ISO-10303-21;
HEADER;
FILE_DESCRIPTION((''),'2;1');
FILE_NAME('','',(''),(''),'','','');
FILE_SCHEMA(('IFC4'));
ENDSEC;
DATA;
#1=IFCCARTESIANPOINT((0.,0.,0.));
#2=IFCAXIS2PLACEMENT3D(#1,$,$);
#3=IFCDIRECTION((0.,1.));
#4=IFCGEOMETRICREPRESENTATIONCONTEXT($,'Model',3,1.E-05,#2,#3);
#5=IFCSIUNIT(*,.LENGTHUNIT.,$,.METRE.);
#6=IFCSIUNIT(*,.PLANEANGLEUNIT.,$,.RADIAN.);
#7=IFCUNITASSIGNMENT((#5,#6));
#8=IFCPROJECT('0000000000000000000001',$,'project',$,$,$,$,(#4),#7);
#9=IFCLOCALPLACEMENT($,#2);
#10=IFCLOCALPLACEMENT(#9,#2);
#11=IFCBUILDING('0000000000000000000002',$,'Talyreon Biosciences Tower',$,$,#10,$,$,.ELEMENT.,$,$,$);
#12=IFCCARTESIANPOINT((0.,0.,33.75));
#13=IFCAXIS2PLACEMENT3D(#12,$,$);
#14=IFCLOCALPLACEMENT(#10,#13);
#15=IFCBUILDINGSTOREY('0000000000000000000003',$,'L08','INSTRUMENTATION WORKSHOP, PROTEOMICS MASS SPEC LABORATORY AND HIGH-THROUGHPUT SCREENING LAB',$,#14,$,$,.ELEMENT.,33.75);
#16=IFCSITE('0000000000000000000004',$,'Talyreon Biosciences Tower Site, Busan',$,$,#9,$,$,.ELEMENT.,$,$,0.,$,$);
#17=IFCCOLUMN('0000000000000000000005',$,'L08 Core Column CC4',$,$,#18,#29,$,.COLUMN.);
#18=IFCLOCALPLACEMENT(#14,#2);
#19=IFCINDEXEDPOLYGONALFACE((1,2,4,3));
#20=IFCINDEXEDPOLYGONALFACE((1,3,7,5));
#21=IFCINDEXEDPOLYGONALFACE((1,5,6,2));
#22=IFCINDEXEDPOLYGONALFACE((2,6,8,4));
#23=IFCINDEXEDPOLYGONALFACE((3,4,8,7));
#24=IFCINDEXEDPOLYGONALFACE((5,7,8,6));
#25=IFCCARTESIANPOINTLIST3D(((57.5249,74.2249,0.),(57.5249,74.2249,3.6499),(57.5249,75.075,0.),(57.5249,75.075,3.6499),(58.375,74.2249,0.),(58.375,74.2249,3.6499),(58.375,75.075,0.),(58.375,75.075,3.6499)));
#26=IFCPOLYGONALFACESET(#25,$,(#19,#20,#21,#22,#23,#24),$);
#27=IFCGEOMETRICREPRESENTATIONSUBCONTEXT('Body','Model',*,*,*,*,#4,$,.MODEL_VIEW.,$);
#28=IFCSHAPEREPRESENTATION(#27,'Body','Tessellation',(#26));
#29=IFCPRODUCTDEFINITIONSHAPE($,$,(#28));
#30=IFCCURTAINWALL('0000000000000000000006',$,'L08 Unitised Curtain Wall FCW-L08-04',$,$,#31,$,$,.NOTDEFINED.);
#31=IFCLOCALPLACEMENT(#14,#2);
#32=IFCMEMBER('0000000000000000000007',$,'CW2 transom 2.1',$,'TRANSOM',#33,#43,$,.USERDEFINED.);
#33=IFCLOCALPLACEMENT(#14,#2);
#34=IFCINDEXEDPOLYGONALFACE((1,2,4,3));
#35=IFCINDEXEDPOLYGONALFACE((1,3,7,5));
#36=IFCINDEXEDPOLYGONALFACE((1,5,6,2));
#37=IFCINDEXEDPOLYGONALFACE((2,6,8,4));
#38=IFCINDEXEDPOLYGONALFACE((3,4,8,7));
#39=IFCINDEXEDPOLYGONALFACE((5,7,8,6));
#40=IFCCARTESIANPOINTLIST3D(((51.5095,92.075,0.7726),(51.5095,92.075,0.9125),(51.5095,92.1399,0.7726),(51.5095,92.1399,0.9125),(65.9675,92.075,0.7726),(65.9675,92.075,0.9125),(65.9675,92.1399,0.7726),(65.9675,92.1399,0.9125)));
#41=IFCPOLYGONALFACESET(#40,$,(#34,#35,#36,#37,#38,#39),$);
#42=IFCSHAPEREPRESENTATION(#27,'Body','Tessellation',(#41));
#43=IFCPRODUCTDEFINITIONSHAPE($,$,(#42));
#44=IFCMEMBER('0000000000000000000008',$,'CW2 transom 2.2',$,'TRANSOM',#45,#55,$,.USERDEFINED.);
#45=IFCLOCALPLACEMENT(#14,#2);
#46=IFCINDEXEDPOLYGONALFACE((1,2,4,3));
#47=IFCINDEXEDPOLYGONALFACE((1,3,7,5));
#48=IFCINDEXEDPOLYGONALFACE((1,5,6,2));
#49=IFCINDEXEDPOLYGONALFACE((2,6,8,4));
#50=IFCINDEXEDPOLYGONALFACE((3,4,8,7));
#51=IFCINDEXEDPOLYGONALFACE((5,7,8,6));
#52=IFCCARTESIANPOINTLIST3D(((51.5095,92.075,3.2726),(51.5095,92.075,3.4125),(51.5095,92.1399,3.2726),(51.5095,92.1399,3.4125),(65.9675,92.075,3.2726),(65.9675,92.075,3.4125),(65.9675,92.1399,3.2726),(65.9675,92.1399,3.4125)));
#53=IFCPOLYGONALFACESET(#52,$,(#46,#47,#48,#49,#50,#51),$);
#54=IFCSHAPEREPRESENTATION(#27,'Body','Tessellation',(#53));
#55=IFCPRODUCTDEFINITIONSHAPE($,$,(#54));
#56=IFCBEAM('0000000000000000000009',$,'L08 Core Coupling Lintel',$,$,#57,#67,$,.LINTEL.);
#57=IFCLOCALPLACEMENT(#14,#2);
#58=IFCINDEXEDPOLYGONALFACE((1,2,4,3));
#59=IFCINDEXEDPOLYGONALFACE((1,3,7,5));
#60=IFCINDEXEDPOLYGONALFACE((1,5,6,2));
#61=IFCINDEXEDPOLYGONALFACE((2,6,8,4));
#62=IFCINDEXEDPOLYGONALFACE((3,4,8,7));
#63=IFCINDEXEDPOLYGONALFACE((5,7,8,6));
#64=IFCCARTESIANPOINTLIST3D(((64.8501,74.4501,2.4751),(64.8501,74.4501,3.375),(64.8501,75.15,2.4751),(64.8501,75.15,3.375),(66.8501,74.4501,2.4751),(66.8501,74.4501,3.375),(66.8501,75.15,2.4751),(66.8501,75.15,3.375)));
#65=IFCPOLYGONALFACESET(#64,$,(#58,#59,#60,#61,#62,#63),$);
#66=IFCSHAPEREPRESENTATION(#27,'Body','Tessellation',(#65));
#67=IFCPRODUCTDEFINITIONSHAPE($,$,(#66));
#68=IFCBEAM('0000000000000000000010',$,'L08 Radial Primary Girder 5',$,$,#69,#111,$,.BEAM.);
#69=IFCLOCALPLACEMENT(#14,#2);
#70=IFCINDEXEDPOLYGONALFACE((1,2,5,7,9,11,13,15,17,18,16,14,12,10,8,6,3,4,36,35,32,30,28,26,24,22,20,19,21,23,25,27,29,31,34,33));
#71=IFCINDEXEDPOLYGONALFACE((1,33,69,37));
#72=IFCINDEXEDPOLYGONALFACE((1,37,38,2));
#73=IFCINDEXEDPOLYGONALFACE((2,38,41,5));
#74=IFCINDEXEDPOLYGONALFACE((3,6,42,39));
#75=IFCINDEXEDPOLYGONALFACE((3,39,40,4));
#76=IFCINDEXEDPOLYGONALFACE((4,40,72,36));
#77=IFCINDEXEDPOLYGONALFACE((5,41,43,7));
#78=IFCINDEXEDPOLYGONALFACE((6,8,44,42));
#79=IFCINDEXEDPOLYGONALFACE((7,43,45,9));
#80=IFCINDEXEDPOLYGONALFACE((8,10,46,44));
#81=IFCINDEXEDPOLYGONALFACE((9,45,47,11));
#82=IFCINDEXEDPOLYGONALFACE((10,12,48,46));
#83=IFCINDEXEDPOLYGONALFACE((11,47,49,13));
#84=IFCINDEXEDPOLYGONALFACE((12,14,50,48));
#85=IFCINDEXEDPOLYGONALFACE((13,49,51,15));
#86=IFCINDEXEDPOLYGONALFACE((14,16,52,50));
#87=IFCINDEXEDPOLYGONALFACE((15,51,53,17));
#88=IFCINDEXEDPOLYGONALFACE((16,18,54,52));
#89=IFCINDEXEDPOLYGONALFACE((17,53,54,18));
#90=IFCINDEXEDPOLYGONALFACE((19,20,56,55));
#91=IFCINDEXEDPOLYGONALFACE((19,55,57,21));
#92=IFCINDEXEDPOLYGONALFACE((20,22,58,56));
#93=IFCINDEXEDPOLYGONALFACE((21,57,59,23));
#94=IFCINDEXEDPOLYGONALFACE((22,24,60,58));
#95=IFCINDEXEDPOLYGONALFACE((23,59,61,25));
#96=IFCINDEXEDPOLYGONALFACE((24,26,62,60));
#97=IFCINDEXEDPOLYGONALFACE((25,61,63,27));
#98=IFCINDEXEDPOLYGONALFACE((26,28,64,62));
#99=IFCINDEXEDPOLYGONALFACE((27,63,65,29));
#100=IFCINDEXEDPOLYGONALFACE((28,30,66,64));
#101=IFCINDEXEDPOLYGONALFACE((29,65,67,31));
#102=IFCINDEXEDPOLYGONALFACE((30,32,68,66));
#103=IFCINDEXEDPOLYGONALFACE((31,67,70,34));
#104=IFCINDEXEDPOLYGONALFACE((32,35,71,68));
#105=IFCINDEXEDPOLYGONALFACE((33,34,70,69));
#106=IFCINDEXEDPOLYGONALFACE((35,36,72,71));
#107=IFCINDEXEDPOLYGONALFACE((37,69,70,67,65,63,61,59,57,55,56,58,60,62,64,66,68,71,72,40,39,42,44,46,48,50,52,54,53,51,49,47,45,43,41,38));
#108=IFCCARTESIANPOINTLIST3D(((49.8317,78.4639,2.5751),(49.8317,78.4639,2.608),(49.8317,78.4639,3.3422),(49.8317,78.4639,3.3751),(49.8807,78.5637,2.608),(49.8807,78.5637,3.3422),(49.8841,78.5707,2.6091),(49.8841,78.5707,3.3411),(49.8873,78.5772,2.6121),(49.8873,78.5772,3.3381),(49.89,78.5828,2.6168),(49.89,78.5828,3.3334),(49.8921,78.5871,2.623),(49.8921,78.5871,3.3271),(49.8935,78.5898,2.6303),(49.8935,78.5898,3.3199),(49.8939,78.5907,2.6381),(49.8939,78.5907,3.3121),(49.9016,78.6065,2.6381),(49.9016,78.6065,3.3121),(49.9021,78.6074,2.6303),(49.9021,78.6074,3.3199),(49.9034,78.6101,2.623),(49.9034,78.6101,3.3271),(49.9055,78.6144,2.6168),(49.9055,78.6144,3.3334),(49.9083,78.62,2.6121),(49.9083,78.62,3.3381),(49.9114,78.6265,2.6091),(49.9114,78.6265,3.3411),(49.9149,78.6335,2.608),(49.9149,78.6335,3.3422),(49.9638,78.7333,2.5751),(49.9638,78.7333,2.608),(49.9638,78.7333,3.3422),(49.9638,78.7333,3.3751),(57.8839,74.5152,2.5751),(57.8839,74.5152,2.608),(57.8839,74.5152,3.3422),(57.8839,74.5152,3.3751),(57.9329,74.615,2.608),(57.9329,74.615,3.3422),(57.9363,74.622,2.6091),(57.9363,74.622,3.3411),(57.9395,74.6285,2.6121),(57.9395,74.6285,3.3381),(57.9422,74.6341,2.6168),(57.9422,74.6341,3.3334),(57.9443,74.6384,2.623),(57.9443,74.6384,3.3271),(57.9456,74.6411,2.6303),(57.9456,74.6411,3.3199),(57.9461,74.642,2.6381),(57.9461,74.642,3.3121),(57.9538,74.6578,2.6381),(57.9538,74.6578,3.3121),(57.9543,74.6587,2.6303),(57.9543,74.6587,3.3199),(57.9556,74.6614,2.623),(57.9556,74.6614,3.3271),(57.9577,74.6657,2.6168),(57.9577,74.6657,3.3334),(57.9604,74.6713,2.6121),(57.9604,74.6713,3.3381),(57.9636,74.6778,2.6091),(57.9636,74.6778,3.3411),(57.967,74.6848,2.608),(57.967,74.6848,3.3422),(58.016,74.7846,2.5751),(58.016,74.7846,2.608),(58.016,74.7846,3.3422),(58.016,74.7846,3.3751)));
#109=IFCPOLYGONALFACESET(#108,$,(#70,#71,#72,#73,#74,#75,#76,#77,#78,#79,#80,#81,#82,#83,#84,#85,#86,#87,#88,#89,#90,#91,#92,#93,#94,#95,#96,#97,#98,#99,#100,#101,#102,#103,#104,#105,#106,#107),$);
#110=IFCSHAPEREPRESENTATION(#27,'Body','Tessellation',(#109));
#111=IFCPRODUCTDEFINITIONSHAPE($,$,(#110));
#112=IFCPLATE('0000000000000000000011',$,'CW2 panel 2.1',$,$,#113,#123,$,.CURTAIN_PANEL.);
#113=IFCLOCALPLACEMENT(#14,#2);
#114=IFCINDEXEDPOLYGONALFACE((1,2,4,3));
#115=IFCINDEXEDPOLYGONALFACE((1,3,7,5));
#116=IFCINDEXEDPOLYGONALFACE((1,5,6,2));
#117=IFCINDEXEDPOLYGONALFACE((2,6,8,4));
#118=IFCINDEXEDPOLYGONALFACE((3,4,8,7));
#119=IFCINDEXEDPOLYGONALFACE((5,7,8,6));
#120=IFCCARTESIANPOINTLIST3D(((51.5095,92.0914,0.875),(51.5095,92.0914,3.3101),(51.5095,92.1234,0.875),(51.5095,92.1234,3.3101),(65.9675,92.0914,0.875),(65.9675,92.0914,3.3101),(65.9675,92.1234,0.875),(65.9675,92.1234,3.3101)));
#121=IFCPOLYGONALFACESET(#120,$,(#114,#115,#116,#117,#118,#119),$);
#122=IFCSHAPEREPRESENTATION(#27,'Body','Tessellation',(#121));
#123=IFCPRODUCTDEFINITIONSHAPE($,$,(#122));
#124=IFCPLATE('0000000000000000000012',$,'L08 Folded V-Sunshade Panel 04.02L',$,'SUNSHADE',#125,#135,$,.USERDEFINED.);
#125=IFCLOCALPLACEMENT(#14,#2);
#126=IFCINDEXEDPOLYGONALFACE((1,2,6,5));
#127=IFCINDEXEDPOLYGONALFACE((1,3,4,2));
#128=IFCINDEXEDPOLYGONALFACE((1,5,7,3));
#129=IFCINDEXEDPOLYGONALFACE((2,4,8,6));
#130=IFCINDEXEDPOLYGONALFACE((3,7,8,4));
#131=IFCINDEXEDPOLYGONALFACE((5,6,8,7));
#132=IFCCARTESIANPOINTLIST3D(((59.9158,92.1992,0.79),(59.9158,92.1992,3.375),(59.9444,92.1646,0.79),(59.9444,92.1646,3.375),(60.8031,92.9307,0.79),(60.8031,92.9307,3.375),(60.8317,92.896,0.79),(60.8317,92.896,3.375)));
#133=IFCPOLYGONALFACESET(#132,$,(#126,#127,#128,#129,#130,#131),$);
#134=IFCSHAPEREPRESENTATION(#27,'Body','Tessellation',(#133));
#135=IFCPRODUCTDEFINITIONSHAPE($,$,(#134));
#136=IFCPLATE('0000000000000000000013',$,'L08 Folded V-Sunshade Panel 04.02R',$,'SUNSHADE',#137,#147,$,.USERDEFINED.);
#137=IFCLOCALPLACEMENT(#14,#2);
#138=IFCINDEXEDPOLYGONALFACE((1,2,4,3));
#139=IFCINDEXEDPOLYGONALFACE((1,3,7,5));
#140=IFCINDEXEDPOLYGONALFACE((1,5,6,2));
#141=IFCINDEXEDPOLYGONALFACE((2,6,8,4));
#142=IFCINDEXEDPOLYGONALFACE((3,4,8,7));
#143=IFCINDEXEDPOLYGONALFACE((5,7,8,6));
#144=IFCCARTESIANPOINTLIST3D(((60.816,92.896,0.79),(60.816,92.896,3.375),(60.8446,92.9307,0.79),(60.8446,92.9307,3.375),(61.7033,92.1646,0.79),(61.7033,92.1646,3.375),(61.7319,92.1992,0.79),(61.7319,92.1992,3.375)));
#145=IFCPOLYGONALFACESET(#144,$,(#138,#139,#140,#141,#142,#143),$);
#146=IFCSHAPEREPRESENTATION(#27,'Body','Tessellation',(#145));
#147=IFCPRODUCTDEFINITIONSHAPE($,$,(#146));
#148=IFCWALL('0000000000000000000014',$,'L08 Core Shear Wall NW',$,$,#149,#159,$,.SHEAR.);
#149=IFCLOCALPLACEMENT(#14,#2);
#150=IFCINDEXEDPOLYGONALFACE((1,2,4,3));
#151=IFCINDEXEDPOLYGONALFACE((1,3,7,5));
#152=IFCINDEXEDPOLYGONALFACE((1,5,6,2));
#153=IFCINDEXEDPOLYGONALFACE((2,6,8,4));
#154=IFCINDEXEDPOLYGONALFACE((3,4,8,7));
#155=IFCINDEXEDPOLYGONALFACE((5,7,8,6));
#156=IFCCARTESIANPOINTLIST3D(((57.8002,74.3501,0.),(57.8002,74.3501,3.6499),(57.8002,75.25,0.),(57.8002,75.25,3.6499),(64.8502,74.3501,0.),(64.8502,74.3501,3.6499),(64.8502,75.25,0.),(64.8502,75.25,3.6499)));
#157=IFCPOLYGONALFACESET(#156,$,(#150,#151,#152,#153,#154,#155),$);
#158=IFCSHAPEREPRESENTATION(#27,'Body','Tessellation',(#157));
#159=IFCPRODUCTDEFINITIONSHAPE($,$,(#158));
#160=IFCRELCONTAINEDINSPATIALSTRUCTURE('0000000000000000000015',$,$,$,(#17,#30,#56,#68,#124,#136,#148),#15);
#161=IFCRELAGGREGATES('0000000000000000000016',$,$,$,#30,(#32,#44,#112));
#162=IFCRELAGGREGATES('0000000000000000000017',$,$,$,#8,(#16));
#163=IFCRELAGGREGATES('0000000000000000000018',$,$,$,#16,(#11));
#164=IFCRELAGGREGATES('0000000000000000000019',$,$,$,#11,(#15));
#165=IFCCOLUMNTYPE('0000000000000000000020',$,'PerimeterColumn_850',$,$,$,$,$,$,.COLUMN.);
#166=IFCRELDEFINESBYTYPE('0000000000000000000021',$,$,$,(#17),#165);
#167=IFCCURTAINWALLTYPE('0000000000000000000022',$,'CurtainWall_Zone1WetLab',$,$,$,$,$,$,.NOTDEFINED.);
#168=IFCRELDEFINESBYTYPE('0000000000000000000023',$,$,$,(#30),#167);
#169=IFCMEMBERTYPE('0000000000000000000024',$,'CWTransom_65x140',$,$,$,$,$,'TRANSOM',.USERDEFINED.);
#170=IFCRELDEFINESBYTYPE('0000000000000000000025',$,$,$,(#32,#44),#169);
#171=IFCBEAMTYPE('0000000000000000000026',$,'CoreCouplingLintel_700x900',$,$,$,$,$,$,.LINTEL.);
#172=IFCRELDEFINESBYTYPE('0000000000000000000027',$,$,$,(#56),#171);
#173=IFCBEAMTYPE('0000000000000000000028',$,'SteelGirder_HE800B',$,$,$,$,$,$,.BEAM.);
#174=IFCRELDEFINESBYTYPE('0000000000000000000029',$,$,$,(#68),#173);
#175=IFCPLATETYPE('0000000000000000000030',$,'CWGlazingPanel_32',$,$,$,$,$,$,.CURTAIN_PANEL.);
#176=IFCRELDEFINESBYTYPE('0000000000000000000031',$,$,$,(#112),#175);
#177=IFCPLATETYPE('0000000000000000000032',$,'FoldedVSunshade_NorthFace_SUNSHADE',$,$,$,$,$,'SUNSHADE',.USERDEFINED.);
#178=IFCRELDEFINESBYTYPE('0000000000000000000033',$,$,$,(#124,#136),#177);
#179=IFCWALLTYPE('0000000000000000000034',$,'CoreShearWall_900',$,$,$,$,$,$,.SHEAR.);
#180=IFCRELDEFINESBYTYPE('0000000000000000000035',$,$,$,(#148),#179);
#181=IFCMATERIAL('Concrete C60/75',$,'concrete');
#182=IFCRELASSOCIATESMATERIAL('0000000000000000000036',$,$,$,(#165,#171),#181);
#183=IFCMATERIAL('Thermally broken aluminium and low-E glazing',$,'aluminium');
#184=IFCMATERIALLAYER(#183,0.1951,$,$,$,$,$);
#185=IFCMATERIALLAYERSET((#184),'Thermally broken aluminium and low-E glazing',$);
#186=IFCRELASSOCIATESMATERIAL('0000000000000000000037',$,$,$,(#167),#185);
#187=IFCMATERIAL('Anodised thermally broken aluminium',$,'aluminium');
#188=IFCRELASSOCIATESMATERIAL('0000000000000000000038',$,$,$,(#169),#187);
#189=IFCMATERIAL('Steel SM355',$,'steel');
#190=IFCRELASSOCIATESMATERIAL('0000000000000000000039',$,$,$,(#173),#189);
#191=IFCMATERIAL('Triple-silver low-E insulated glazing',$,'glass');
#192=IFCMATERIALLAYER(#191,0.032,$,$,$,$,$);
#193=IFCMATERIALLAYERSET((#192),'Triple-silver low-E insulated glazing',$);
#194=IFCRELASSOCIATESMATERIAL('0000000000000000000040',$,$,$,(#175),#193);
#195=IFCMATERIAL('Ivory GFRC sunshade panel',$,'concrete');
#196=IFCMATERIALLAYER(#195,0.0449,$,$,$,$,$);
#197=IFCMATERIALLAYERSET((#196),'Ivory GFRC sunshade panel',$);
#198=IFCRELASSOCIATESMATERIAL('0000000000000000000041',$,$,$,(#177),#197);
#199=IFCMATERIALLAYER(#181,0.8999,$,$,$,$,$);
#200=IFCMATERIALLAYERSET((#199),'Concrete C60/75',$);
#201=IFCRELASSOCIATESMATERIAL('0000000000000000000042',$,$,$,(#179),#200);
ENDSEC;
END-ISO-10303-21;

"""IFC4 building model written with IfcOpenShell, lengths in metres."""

from ifc_helpers import new_model, si_unit, direction, frame, frame_2d, origin, origin_2d, place, context, subcontext, project, spatial, rectangle, i_section, extrude, material, layer, layer_set, material_profile, profile_set, type_object, element, aggregate, save


model = new_model("IFC4")

# Units and contexts
model_context = context("Model", 3, precision=1e-05, world=origin(), true_north=direction((0.0, 1.0)))
body_context = subcontext(model_context, "Body", "Model", "MODEL_VIEW")
ifc_project = project(units=[si_unit("LENGTHUNIT", "METRE"), si_unit("PLANEANGLEUNIT", "RADIAN")], contexts=[model_context])

# Site, building, storey
site_placement = place(None, origin())
site = spatial("IfcSite", under=ifc_project, at=site_placement, Name="Talyreon Biosciences Tower Site, Busan", CompositionType="ELEMENT", RefElevation=0.0)
building_placement = place(site_placement, origin())
building = spatial("IfcBuilding", under=site, at=building_placement, Name="Talyreon Biosciences Tower", CompositionType="ELEMENT")
storey_placement = place(building_placement, frame((0.0, 0.0, 33.75)))
storey = spatial("IfcBuildingStorey", under=building, at=storey_placement, Name="L08", Description="INSTRUMENTATION WORKSHOP, PROTEOMICS MASS SPEC LABORATORY AND HIGH-THROUGHPUT SCREENING LAB", CompositionType="ELEMENT", Elevation=33.75)

# Column
ifc_material_1 = material(Name="Concrete C60/75", Category="concrete")
ifc_material_profile_1 = material_profile(ifc_material_1, rectangle(XDim=0.8501, YDim=0.8501, at=origin_2d()), Name="RC 850x850")
ifc_profile_set_1 = profile_set([ifc_material_profile_1], Name="Concrete C60/75")
column_type = type_object("IfcColumnType", Name="PerimeterColumn_850", PredefinedType="COLUMN", material=ifc_profile_set_1)
column_placement = place(storey_placement, frame((57.95, 74.6499, 0.0), z_axis=(0.0, 0.0, 1.0), x_axis=(1.0, 0.0, 0.0)))
element("IfcColumn", 1, at=column_placement, inside=storey, type_object=column_type, Name="L08 Core Column CC4", PredefinedType="COLUMN", context=body_context, shape_type="SweptSolid", body=[
    extrude(rectangle(XDim=0.8501, YDim=0.8501, at=origin_2d()), origin(), (0.0, 0.0, 1.0), 3.6499),
])

# Curtain wall, members
ifc_material_2 = material(Name="Thermally broken aluminium and low-E glazing", Category="aluminium")
ifc_layer_1 = layer(ifc_material_2, 0.1951)
ifc_layer_set_1 = layer_set([ifc_layer_1], Name="Thermally broken aluminium and low-E glazing")
curtain_wall_type = type_object("IfcCurtainWallType", Name="CurtainWall_Zone1WetLab", PredefinedType="NOTDEFINED", material=ifc_layer_set_1)
curtain_wall_placement = place(storey_placement, origin())
curtain_wall = element("IfcCurtainWall", 2, at=curtain_wall_placement, inside=storey, type_object=curtain_wall_type, Name="L08 Unitised Curtain Wall FCW-L08-04", PredefinedType="NOTDEFINED")
ifc_material_3 = material(Name="Anodised thermally broken aluminium", Category="aluminium")
ifc_material_profile_2 = material_profile(ifc_material_3, rectangle(XDim=0.0649, YDim=0.1399, at=origin_2d()), Name="ALUM TRANSOM 65x140")
ifc_profile_set_2 = profile_set([ifc_material_profile_2], Name="Anodised thermally broken aluminium")
member_type = type_object("IfcMemberType", Name="CWTransom_65x140", ElementType="TRANSOM", PredefinedType="USERDEFINED", material=ifc_profile_set_2)
member_1_placement = place(storey_placement, frame((51.5095, 92.1074, 0.8425), z_axis=(1.0, 0.0, 0.0), x_axis=(0.0, 1.0, 0.0)))
member_1 = element("IfcMember", 3, at=member_1_placement, type_object=member_type, Name="CW2 transom 2.1", ObjectType="TRANSOM", PredefinedType="USERDEFINED", context=body_context, shape_type="SweptSolid", body=[
    extrude(rectangle(XDim=0.0649, YDim=0.1399, at=origin_2d()), origin(), (0.0, 0.0, 1.0), 14.458),
])
member_2_placement = place(storey_placement, frame((51.5095, 92.1074, 3.3425), z_axis=(1.0, 0.0, 0.0), x_axis=(0.0, 1.0, 0.0)))
member_2 = element("IfcMember", 4, at=member_2_placement, type_object=member_type, Name="CW2 transom 2.2", ObjectType="TRANSOM", PredefinedType="USERDEFINED", context=body_context, shape_type="SweptSolid", body=[
    extrude(rectangle(XDim=0.0649, YDim=0.1399, at=origin_2d()), origin(), (0.0, 0.0, 1.0), 14.458),
])

# Beams
ifc_material_profile_3 = material_profile(ifc_material_1, rectangle(XDim=0.7, YDim=0.8999, at=origin_2d()), Name="RCB 700x900")
ifc_profile_set_3 = profile_set([ifc_material_profile_3], Name="Concrete C60/75")
beam_type_1 = type_object("IfcBeamType", Name="CoreCouplingLintel_700x900", PredefinedType="LINTEL", material=ifc_profile_set_3)
beam_1_placement = place(storey_placement, frame((64.8501, 74.8, 2.925), z_axis=(1.0, 0.0, 0.0), x_axis=(0.0, 1.0, 0.0)))
element("IfcBeam", 5, at=beam_1_placement, inside=storey, type_object=beam_type_1, Name="L08 Core Coupling Lintel", PredefinedType="LINTEL", context=body_context, shape_type="SweptSolid", body=[
    extrude(rectangle(XDim=0.7, YDim=0.8999, at=origin_2d()), origin(), (0.0, 0.0, 1.0), 2.0),
])
ifc_material_4 = material(Name="Steel SM355", Category="steel")
ifc_material_profile_4 = material_profile(ifc_material_4, i_section(OverallWidth=0.3, OverallDepth=0.8, WebThickness=0.0176, FlangeThickness=0.033, FilletRadius=0.03, at=origin_2d()), Name="HE800B")
ifc_profile_set_4 = profile_set([ifc_material_profile_4], Name="Steel SM355")
beam_type_2 = type_object("IfcBeamType", Name="SteelGirder_HE800B", PredefinedType="BEAM", material=ifc_profile_set_4)
beam_2_placement = place(storey_placement, frame((57.95, 74.6499, 2.9751), z_axis=(-0.897852, 0.440297, 0.0), x_axis=(-0.440297, -0.897852, 0.0)))
element("IfcBeam", 6, at=beam_2_placement, inside=storey, type_object=beam_type_2, Name="L08 Radial Primary Girder 5", PredefinedType="BEAM", context=body_context, shape_type="SweptSolid", body=[
    extrude(i_section(OverallWidth=0.3, OverallDepth=0.8, WebThickness=0.0176, FlangeThickness=0.033, FilletRadius=0.03, at=origin_2d()), origin(), (0.0, 0.0, 1.0), 8.9683),
])

# Plate
ifc_material_5 = material(Name="Triple-silver low-E insulated glazing", Category="glass")
ifc_layer_2 = layer(ifc_material_5, 0.032)
ifc_layer_set_2 = layer_set([ifc_layer_2], Name="Triple-silver low-E insulated glazing")
plate_type_1 = type_object("IfcPlateType", Name="CWGlazingPanel_32", PredefinedType="CURTAIN_PANEL", material=ifc_layer_set_2)
plate_placement = place(storey_placement, frame((58.7385, 92.1074, 0.875), z_axis=(0.0, 0.0, 1.0), x_axis=(1.0, 0.0, 0.0)))
plate = element("IfcPlate", 7, at=plate_placement, type_object=plate_type_1, Name="CW2 panel 2.1", PredefinedType="CURTAIN_PANEL", context=body_context, shape_type="SweptSolid", body=[
    extrude(rectangle(XDim=14.458, YDim=0.032, at=origin_2d()), origin(), (0.0, 0.0, 1.0), 2.4351),
])
aggregate(curtain_wall, [member_1, member_2, plate])

# Plates
ifc_material_6 = material(Name="Ivory GFRC sunshade panel", Category="concrete")
ifc_layer_3 = layer(ifc_material_6, 0.0449)
ifc_layer_set_3 = layer_set([ifc_layer_3], Name="Ivory GFRC sunshade panel")
plate_type_2 = type_object("IfcPlateType", Name="FoldedVSunshade_NorthFace_SUNSHADE", ElementType="SUNSHADE", PredefinedType="USERDEFINED", material=ifc_layer_set_3)
for number, where, z_axis, x_axis, name in (
    (8, (60.3738, 92.5476, 0.79), (0.0, 0.0, 1.0), (0.771625, 0.636078, 0.0), "L08 Folded V-Sunshade Panel 04.02L"),
    (9, (61.2739, 92.5476, 0.79), (0.0, 0.0, 1.0), (0.771625, -0.636078, 0.0), "L08 Folded V-Sunshade Panel 04.02R"),
):
    element("IfcPlate", number, at=place(storey_placement, frame(where, z_axis=z_axis, x_axis=x_axis)), inside=storey, type_object=plate_type_2, Name=name, ObjectType="SUNSHADE", PredefinedType="USERDEFINED", context=body_context, shape_type="SweptSolid", body=[
        extrude(rectangle(XDim=1.1499, YDim=0.0449, at=origin_2d()), origin(), (0.0, 0.0, 1.0), 2.585),
    ])

# Wall
ifc_layer_4 = layer(ifc_material_1, 0.8999)
ifc_layer_set_4 = layer_set([ifc_layer_4], Name="Concrete C60/75")
wall_type_1 = type_object("IfcWallType", Name="CoreShearWall_900", PredefinedType="SHEAR", material=ifc_layer_set_4)
wall_1_placement = place(storey_placement, frame((64.8501, 74.8, 0.0), z_axis=(0.0, 0.0, 1.0), x_axis=(-1.0, 0.0, 0.0)))
element("IfcWall", 10, at=wall_1_placement, inside=storey, type_object=wall_type_1, Name="L08 Core Shear Wall NW", PredefinedType="SHEAR", context=body_context, shape_type="SweptSolid", body=[
    extrude(rectangle(XDim=7.05, YDim=0.8999, at=frame_2d((3.5249, 0.0))), origin(), (0.0, 0.0, 1.0), 3.6499),
])

save(model, "model.ifc")
